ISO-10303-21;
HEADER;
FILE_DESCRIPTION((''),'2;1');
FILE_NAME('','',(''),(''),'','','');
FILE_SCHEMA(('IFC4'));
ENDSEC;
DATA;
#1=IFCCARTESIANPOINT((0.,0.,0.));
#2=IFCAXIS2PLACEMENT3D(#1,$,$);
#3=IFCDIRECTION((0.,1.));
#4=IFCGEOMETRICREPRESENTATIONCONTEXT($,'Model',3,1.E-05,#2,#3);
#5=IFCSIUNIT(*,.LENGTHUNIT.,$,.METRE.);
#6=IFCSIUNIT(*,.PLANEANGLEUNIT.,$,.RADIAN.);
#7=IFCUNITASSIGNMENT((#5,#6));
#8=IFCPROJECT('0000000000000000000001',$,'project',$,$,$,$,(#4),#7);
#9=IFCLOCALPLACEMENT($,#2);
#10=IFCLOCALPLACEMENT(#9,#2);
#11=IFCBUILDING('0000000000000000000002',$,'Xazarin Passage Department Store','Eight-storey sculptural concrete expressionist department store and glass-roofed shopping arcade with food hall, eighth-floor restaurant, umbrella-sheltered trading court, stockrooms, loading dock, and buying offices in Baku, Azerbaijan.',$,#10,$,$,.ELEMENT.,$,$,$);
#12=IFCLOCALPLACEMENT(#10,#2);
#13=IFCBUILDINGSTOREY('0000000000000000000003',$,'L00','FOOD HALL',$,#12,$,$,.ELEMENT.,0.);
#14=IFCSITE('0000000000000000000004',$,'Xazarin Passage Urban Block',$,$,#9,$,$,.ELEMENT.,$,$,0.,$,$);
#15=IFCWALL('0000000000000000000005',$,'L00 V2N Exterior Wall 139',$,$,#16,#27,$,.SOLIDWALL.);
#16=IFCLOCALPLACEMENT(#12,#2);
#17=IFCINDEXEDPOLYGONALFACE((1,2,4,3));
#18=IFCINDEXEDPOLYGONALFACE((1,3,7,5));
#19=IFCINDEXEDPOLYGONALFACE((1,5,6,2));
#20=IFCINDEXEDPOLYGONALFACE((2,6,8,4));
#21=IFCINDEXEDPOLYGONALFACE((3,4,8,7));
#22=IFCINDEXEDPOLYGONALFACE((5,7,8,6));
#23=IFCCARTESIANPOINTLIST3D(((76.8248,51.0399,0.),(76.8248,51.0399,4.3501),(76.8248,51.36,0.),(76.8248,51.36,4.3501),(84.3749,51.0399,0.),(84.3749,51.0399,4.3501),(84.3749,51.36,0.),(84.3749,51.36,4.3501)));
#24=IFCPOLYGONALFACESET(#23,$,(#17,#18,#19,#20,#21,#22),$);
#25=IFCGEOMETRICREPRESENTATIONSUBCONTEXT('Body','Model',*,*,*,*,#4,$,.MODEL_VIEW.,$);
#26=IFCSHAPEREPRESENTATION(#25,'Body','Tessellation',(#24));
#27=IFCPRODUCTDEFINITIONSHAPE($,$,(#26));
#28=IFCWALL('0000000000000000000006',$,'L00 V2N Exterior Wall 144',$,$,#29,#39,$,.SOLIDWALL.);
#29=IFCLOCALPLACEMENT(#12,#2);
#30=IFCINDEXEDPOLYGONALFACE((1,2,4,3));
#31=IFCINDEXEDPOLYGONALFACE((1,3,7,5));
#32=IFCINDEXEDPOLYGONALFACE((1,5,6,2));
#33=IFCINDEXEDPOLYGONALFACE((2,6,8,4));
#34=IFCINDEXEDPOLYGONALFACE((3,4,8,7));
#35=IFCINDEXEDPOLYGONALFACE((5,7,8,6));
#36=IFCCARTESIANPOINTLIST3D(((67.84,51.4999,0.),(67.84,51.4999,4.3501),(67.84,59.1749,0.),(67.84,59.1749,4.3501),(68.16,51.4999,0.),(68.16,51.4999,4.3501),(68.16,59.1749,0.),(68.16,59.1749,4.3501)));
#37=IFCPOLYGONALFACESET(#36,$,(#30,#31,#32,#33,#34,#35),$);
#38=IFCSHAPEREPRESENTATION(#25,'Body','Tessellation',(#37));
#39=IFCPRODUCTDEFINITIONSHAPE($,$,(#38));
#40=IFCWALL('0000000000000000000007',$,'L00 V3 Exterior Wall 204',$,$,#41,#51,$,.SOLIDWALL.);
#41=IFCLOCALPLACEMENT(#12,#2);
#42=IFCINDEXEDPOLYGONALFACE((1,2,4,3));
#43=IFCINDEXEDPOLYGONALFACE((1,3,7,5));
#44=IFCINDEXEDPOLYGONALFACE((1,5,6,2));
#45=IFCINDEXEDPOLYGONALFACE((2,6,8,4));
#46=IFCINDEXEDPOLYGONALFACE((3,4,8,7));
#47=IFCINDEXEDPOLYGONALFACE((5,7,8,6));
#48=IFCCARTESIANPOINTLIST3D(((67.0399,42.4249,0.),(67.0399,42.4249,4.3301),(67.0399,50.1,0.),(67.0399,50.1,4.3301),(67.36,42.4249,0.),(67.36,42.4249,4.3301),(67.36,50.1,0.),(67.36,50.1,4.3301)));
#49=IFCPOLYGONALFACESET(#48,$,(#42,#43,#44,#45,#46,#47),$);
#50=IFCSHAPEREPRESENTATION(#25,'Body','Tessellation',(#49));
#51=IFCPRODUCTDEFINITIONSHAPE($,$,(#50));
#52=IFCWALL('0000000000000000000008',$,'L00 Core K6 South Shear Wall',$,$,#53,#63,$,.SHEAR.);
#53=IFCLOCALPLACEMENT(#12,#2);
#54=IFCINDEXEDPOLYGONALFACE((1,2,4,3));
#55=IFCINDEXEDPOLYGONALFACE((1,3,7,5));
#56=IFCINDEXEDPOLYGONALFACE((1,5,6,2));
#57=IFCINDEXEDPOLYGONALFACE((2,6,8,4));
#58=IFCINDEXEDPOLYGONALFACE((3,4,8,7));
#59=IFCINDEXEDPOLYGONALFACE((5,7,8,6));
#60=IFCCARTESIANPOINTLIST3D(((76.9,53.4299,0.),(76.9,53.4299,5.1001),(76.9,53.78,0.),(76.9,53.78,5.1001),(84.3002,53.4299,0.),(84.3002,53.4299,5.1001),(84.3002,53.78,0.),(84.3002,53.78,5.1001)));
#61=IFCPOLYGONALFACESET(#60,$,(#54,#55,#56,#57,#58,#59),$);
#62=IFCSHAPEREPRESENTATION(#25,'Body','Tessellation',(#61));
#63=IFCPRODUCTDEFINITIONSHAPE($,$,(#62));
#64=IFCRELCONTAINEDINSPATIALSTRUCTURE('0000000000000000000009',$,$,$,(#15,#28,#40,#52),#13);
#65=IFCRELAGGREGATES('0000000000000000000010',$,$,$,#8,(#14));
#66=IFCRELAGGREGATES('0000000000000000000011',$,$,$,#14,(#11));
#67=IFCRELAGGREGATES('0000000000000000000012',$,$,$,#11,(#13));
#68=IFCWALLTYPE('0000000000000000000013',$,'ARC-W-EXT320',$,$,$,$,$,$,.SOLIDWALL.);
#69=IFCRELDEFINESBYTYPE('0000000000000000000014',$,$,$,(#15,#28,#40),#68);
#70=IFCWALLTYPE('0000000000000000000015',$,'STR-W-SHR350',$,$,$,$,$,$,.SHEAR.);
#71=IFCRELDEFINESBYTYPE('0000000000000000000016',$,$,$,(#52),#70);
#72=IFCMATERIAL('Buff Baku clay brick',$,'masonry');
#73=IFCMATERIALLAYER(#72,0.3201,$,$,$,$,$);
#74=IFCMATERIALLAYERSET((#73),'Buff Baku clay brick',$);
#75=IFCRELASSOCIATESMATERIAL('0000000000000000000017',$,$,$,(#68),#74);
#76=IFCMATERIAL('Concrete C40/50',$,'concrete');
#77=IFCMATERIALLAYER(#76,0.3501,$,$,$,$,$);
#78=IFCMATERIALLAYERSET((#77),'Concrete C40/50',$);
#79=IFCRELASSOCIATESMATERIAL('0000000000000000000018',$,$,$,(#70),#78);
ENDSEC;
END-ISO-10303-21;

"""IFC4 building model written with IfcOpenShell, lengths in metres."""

from ifc_helpers import new_model, si_unit, direction, frame, frame_2d, origin, place, context, subcontext, project, spatial, rectangle, extrude, material, layer, layer_set, type_object, element, save


model = new_model("IFC4")

# Units and contexts
model_context = context("Model", 3, precision=1e-05, world=origin(), true_north=direction((0.0, 1.0)))
body_context = subcontext(model_context, "Body", "Model", "MODEL_VIEW")
ifc_project = project(units=[si_unit("LENGTHUNIT", "METRE"), si_unit("PLANEANGLEUNIT", "RADIAN")], contexts=[model_context])

# Site, building, storey
site_placement = place(None, origin())
site = spatial("IfcSite", under=ifc_project, at=site_placement, Name="Xazarin Passage Urban Block", CompositionType="ELEMENT", RefElevation=0.0)
building_placement = place(site_placement, origin())
building = spatial("IfcBuilding", under=site, at=building_placement, Name="Xazarin Passage Department Store", Description="Eight-storey sculptural concrete expressionist department store and glass-roofed shopping arcade with food hall, eighth-floor restaurant, umbrella-sheltered trading court, stockrooms, loading dock, and buying offices in Baku, Azerbaijan.", CompositionType="ELEMENT")
storey_placement = place(building_placement, origin())
storey = spatial("IfcBuildingStorey", under=building, at=storey_placement, Name="L00", Description="FOOD HALL", CompositionType="ELEMENT", Elevation=0.0)

# Shared definitions
ifc_material_1 = material(Name="Concrete C40/50", Category="concrete")

# Walls
ifc_material_2 = material(Name="Buff Baku clay brick", Category="masonry")
ifc_layer_1 = layer(ifc_material_2, 0.3201)
ifc_layer_set_1 = layer_set([ifc_layer_1], Name="Buff Baku clay brick")
wall_type_1 = type_object("IfcWallType", Name="ARC-W-EXT320", PredefinedType="SOLIDWALL", material=ifc_layer_set_1)
wall_1_placement = place(storey_placement, frame((76.825, 51.2, 0.0), z_axis=(0.0, 0.0, 1.0), x_axis=(1.0, 0.0, 0.0)))
element("IfcWall", 1, at=wall_1_placement, inside=storey, type_object=wall_type_1, Name="L00 V2N Exterior Wall 139", PredefinedType="SOLIDWALL", context=body_context, shape_type="SweptSolid", body=[
    extrude(rectangle(XDim=7.55, YDim=0.3201, at=frame_2d((3.7749, 0.0))), origin(), (0.0, 0.0, 1.0), 4.3501),
])
wall_2_placement = place(storey_placement, frame((68.0, 51.5, 0.0), z_axis=(0.0, 0.0, 1.0), x_axis=(0.0, 1.0, 0.0)))
element("IfcWall", 2, at=wall_2_placement, inside=storey, type_object=wall_type_1, Name="L00 V2N Exterior Wall 144", PredefinedType="SOLIDWALL", context=body_context, shape_type="SweptSolid", body=[
    extrude(rectangle(XDim=7.675, YDim=0.3201, at=frame_2d((3.8374, 0.0))), origin(), (0.0, 0.0, 1.0), 4.3501),
])
wall_3_placement = place(storey_placement, frame((67.2, 42.425, 0.0), z_axis=(0.0, 0.0, 1.0), x_axis=(0.0, 1.0, 0.0)))
element("IfcWall", 3, at=wall_3_placement, inside=storey, type_object=wall_type_1, Name="L00 V3 Exterior Wall 204", PredefinedType="SOLIDWALL", context=body_context, shape_type="SweptSolid", body=[
    extrude(rectangle(XDim=7.675, YDim=0.3201, at=frame_2d((3.8374, 0.0))), origin(), (0.0, 0.0, 1.0), 4.3301),
])

# Shared definitions
ifc_layer_2 = layer(ifc_material_1, 0.3501)
ifc_layer_set_2 = layer_set([ifc_layer_2], Name="Concrete C40/50")
wall_type_2 = type_object("IfcWallType", Name="STR-W-SHR350", PredefinedType="SHEAR", material=ifc_layer_set_2)

# Wall
wall_4_placement = place(storey_placement, frame((76.8999, 53.605, 0.0), z_axis=(0.0, 0.0, 1.0), x_axis=(1.0, 0.0, 0.0)))
element("IfcWall", 4, at=wall_4_placement, inside=storey, type_object=wall_type_2, Name="L00 Core K6 South Shear Wall", PredefinedType="SHEAR", context=body_context, shape_type="SweptSolid", body=[
    extrude(rectangle(XDim=7.4001, YDim=0.3501, at=frame_2d((3.7002, 0.0))), origin(), (0.0, 0.0, 1.0), 5.1001),
])

save(model, "model.ifc")
